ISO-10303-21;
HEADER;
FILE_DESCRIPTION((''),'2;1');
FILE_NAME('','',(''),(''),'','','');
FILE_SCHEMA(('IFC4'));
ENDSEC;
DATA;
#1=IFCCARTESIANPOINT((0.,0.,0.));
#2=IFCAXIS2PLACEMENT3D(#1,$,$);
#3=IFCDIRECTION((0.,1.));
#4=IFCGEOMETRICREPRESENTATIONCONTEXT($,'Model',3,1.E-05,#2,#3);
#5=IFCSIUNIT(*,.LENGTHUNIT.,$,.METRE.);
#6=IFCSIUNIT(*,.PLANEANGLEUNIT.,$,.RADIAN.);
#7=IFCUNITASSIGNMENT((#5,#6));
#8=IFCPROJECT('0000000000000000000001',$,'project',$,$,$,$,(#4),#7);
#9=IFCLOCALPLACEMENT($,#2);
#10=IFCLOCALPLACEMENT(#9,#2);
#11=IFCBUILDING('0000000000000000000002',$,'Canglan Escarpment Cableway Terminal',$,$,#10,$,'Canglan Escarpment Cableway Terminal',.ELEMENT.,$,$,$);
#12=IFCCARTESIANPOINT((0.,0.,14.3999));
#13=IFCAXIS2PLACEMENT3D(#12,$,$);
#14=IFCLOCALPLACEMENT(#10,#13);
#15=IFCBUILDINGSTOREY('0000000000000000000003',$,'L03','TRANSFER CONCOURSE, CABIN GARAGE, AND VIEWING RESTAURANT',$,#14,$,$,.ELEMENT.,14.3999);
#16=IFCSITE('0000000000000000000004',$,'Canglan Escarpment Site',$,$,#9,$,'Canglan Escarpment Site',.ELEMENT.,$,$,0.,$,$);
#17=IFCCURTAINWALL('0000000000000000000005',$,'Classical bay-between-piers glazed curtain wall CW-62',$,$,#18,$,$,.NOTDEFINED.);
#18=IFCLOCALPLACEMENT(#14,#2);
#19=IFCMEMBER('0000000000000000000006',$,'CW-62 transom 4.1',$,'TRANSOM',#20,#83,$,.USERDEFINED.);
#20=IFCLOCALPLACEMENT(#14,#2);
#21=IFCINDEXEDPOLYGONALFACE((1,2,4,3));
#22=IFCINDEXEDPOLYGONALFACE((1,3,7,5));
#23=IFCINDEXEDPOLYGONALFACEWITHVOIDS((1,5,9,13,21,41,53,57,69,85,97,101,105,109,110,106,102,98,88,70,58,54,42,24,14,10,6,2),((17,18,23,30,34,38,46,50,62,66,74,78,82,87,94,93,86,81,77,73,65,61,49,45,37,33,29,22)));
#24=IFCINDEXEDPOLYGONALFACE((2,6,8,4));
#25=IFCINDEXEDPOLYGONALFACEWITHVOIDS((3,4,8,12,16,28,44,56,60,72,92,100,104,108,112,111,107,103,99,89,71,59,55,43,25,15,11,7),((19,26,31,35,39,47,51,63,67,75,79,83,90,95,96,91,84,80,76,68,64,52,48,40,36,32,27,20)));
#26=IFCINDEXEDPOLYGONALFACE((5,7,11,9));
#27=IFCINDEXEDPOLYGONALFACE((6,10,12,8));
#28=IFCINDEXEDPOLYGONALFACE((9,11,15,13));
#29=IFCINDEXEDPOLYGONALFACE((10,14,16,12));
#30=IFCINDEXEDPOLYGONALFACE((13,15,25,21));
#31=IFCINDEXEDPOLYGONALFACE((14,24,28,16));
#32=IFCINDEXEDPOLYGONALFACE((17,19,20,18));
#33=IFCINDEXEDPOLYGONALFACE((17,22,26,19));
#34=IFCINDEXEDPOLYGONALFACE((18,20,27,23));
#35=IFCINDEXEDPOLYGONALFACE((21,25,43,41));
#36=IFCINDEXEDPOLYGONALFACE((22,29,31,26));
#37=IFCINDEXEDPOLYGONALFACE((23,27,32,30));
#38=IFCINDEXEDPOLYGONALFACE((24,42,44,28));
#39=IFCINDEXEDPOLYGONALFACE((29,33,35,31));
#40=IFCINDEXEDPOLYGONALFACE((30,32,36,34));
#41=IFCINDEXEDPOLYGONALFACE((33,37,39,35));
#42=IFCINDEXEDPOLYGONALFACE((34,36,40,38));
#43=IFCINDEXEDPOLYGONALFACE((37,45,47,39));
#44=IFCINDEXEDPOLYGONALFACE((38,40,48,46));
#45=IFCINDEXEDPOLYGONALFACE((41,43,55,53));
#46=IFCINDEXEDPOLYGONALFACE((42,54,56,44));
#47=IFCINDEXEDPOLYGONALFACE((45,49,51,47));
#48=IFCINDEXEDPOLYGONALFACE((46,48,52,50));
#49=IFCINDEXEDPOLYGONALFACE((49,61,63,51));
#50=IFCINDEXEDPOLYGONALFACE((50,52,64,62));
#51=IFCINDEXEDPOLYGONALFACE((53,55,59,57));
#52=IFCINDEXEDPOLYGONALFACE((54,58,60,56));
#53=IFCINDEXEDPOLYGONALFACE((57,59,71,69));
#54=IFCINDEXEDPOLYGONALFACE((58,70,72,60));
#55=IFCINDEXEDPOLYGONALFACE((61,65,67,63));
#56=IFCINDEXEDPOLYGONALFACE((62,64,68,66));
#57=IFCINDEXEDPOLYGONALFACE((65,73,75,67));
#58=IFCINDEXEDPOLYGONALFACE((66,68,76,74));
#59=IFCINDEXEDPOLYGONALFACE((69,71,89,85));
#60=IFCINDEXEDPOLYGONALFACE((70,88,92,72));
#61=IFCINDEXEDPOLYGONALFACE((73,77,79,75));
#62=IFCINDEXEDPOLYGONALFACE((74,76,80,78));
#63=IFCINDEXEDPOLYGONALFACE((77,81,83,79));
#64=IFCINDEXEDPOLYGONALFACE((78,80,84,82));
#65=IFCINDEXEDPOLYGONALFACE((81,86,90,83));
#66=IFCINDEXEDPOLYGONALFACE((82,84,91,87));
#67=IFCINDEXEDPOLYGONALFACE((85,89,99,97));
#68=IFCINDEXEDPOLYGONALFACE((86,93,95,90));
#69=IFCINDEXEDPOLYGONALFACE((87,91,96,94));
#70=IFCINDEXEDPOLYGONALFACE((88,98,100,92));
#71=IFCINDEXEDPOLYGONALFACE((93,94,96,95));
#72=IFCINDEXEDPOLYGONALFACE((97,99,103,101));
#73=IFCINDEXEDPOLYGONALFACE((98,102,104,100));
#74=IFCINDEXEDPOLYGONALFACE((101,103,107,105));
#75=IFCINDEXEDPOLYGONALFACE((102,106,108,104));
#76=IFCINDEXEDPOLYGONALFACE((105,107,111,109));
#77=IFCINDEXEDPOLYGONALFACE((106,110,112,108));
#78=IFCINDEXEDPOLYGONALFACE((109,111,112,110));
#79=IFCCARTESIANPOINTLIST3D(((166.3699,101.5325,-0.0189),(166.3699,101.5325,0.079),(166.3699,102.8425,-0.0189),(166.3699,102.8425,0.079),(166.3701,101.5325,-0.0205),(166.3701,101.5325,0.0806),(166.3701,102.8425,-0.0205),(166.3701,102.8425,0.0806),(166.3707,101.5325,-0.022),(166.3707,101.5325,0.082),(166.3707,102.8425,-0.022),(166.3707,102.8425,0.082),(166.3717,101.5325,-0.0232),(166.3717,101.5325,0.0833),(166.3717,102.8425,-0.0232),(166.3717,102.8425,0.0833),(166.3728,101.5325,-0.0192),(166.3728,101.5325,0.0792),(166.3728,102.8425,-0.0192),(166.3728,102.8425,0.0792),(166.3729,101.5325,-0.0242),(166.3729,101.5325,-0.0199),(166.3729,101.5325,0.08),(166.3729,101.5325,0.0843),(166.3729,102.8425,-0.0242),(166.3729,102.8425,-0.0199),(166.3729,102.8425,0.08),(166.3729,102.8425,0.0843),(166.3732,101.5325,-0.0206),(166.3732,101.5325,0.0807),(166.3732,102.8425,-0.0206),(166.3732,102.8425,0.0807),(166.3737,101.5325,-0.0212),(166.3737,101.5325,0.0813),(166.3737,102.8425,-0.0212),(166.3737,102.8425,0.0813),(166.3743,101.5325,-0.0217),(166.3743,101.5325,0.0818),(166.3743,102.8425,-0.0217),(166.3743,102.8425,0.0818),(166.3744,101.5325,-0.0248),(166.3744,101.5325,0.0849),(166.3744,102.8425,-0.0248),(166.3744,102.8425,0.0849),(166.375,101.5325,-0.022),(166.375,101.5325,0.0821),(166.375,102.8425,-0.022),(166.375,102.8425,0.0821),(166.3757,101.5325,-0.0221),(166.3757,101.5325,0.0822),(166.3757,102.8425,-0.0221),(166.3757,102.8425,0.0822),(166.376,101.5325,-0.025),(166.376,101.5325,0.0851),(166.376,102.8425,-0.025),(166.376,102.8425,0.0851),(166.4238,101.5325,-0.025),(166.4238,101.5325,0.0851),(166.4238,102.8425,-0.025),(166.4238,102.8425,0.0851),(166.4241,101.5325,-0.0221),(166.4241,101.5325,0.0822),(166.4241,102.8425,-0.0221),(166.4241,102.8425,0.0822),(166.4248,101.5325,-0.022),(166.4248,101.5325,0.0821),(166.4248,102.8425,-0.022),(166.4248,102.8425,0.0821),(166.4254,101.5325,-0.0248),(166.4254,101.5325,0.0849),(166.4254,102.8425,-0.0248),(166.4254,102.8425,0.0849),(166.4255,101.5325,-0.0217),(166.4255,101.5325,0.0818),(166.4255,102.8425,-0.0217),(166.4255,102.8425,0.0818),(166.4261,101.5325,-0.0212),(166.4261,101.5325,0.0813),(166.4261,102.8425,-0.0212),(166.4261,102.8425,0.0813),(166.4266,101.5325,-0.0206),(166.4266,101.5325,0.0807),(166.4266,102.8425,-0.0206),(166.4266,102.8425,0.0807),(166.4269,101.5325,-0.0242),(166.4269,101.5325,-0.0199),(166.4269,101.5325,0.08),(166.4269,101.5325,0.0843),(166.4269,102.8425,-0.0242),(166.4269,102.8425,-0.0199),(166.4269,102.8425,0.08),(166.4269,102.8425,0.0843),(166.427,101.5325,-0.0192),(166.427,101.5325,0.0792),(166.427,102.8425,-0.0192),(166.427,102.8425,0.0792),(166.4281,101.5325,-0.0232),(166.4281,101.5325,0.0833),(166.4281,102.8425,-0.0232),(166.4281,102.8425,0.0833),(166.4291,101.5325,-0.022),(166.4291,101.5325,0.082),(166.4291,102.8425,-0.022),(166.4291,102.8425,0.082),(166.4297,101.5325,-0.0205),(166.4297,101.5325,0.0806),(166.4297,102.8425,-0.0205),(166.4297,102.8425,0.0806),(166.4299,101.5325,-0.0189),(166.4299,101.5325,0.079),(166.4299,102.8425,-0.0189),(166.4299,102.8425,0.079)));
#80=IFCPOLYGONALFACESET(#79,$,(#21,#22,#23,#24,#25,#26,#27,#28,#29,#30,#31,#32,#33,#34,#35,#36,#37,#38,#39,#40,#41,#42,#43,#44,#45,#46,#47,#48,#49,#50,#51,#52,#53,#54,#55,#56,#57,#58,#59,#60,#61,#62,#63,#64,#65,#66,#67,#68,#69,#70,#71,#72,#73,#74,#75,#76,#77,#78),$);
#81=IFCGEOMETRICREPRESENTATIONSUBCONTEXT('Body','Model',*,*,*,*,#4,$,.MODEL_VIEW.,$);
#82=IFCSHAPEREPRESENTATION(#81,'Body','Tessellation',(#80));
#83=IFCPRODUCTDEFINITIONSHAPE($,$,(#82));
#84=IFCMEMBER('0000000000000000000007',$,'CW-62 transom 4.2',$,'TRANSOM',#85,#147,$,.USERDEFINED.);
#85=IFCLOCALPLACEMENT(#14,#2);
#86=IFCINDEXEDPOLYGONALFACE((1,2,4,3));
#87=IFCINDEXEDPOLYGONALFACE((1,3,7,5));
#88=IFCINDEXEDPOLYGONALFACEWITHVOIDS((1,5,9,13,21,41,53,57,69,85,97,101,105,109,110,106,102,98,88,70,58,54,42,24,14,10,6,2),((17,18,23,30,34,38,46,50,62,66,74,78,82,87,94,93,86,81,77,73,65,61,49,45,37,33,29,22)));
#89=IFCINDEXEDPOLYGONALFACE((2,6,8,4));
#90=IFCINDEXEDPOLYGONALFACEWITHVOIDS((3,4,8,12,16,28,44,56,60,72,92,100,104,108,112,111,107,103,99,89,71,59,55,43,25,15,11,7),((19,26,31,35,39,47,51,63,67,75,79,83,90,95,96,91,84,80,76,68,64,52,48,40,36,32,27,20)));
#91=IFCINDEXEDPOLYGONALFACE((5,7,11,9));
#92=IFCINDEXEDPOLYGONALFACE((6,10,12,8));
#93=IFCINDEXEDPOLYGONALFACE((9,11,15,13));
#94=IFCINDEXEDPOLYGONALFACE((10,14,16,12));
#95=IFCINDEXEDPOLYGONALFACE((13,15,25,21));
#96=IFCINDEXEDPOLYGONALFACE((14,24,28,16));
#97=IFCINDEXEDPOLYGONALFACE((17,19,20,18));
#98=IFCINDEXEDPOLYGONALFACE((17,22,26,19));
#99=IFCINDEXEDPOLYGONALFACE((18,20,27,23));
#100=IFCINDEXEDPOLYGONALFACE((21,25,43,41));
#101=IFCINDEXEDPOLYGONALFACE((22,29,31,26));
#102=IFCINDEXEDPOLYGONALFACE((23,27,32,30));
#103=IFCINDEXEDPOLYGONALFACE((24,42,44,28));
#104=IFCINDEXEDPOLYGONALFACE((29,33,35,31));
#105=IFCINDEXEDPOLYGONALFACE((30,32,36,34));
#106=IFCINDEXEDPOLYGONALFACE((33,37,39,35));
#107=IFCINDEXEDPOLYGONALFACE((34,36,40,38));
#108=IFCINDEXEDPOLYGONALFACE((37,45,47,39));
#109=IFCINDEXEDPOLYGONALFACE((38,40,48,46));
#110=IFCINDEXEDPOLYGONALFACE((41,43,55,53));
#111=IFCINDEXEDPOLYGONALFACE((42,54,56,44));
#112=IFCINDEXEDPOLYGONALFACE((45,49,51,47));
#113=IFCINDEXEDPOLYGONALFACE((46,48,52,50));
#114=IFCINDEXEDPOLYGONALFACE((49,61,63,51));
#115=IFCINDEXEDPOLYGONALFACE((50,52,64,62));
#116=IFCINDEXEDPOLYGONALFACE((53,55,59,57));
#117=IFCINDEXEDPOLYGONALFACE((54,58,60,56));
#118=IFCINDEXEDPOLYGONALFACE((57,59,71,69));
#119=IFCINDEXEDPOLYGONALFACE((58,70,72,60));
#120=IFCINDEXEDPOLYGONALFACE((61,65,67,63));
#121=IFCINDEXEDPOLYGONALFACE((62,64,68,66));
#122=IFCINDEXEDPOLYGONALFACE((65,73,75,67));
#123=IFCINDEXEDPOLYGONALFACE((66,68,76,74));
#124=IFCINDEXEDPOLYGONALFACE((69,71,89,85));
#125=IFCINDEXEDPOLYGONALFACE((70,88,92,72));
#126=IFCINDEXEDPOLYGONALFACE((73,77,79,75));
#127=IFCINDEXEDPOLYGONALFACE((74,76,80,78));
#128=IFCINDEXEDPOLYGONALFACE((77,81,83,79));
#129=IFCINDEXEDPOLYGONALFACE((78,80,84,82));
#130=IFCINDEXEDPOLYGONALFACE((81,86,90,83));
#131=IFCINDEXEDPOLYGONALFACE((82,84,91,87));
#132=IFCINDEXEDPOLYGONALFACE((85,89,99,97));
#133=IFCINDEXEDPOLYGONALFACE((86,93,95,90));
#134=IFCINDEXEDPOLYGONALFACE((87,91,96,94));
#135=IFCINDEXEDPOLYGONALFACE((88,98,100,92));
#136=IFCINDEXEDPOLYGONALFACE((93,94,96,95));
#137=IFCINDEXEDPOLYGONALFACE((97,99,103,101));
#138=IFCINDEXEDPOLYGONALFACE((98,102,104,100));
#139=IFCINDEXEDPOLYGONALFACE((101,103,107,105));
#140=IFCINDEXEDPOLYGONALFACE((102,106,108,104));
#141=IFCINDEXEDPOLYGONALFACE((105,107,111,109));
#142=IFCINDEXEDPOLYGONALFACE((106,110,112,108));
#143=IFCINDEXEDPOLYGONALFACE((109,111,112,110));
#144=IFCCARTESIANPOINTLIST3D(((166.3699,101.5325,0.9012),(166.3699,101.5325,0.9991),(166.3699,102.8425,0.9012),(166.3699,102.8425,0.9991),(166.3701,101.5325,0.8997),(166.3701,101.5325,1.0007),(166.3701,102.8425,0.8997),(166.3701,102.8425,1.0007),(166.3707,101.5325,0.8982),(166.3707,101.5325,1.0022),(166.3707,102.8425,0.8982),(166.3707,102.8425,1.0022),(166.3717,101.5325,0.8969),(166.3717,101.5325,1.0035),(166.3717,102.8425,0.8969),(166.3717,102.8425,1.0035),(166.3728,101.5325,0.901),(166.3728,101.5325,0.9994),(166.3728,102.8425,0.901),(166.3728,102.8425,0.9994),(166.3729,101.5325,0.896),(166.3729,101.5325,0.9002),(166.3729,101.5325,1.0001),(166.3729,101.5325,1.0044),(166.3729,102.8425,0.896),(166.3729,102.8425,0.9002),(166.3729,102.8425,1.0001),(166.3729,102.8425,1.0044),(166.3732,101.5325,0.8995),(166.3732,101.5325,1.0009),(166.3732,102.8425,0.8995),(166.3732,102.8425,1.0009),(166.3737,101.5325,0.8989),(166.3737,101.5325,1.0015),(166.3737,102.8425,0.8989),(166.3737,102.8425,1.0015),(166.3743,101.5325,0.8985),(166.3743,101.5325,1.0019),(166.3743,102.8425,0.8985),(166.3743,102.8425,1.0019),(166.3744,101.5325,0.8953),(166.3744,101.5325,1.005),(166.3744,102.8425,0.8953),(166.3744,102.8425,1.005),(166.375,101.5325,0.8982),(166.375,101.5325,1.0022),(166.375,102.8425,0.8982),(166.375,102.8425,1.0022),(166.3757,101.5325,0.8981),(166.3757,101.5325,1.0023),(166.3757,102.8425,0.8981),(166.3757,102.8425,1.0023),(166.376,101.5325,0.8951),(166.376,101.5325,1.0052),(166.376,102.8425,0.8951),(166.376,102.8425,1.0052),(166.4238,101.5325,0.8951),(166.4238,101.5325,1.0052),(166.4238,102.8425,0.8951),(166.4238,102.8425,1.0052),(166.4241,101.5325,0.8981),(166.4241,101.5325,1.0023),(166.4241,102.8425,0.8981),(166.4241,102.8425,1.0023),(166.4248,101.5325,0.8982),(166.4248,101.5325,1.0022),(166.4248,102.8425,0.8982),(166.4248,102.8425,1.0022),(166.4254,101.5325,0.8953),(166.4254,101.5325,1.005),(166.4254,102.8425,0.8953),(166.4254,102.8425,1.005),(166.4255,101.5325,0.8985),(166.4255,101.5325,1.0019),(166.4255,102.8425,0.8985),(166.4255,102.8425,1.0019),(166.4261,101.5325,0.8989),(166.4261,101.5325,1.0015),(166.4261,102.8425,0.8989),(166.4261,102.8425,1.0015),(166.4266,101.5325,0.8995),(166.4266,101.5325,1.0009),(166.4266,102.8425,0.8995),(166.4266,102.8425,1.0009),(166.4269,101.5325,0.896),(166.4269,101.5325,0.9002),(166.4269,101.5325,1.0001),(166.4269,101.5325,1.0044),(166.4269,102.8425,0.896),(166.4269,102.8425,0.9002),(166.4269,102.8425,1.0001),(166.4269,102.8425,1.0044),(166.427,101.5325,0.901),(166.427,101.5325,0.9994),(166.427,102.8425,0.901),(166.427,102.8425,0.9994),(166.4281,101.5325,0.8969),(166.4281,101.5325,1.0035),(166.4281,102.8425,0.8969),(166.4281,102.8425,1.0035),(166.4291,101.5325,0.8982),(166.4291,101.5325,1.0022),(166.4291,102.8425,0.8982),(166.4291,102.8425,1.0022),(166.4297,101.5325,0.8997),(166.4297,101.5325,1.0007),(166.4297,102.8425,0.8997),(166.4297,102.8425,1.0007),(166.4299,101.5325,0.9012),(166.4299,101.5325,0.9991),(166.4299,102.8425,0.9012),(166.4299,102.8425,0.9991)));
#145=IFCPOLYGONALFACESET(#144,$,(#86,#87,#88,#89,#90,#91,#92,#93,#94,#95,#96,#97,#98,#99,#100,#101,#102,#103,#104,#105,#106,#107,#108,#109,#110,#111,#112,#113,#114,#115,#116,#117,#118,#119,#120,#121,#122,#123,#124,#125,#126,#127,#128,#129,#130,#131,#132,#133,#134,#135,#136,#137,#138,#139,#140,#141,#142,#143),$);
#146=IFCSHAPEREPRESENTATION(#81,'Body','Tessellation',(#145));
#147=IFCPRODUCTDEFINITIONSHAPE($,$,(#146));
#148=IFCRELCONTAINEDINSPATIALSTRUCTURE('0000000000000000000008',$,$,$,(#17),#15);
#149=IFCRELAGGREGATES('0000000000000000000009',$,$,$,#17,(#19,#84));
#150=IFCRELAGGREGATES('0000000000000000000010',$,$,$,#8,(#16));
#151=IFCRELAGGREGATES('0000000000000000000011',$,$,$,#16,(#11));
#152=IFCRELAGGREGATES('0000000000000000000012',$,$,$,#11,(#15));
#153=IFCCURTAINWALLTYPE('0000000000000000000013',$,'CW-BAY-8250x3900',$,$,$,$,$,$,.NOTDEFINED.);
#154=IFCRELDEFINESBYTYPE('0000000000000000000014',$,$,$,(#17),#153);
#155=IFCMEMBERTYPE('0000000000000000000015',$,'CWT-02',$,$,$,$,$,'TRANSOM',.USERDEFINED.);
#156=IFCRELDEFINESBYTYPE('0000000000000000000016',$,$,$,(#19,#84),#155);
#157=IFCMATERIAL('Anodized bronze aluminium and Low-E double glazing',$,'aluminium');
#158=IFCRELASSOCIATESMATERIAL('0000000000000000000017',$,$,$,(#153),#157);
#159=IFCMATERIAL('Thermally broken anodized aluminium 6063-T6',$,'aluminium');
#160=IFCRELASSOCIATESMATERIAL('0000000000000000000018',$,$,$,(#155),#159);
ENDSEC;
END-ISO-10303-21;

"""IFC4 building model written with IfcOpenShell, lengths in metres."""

from ifc_helpers import new_model, si_unit, direction, frame, origin, origin_2d, place, context, subcontext, project, spatial, hollow_rectangle, extrude, material, material_profile, profile_set, type_object, element, aggregate, save


model = new_model("IFC4")

# Units and contexts
model_context = context("Model", 3, precision=1e-05, world=origin(), true_north=direction((0.0, 1.0)))
body_context = subcontext(model_context, "Body", "Model", "MODEL_VIEW")
ifc_project = project(units=[si_unit("LENGTHUNIT", "METRE"), si_unit("PLANEANGLEUNIT", "RADIAN")], contexts=[model_context])

# Site, building, storey
site_placement = place(None, origin())
site = spatial("IfcSite", under=ifc_project, at=site_placement, Name="Canglan Escarpment Site", LongName="Canglan Escarpment Site", CompositionType="ELEMENT", RefElevation=0.0)
building_placement = place(site_placement, origin())
building = spatial("IfcBuilding", under=site, at=building_placement, Name="Canglan Escarpment Cableway Terminal", LongName="Canglan Escarpment Cableway Terminal", CompositionType="ELEMENT")
storey_placement = place(building_placement, frame((0.0, 0.0, 14.3999)))
storey = spatial("IfcBuildingStorey", under=building, at=storey_placement, Name="L03", Description="TRANSFER CONCOURSE, CABIN GARAGE, AND VIEWING RESTAURANT", CompositionType="ELEMENT", Elevation=14.3999)

# Curtain wall, members
ifc_material_1 = material(Name="Anodized bronze aluminium and Low-E double glazing", Category="aluminium")
curtain_wall_type = type_object("IfcCurtainWallType", Name="CW-BAY-8250x3900", PredefinedType="NOTDEFINED", material=ifc_material_1)
curtain_wall_placement = place(storey_placement, origin())
curtain_wall = element("IfcCurtainWall", 1, at=curtain_wall_placement, inside=storey, type_object=curtain_wall_type, Name="Classical bay-between-piers glazed curtain wall CW-62", PredefinedType="NOTDEFINED")
ifc_material_2 = material(Name="Thermally broken anodized aluminium 6063-T6", Category="aluminium")
ifc_material_profile_1 = material_profile(ifc_material_2, hollow_rectangle(XDim=0.0601, YDim=0.1101, WallThickness=0.0029, InnerFilletRadius=0.0029, OuterFilletRadius=0.0061, at=origin_2d()), Name="ALU-TRAN 60x110x3")
ifc_profile_set_1 = profile_set([ifc_material_profile_1], Name="Thermally broken anodized aluminium 6063-T6")
member_type_1 = type_object("IfcMemberType", Name="CWT-02", ElementType="TRANSOM", PredefinedType="USERDEFINED", material=ifc_profile_set_1)
member_1_placement = place(storey_placement, frame((166.3999, 101.5325, 0.03), z_axis=(0.0, 1.0, 0.0), x_axis=(-1.0, 0.0, 0.0)))
member_1 = element("IfcMember", 2, at=member_1_placement, type_object=member_type_1, Name="CW-62 transom 4.1", ObjectType="TRANSOM", PredefinedType="USERDEFINED", context=body_context, shape_type="SweptSolid", body=[
    extrude(hollow_rectangle(XDim=0.0601, YDim=0.1101, WallThickness=0.0029, InnerFilletRadius=0.0029, OuterFilletRadius=0.0061, at=origin_2d()), origin(), (0.0, 0.0, 1.0), 1.3101),
])
member_2_placement = place(storey_placement, frame((166.3999, 101.5325, 0.9502), z_axis=(0.0, 1.0, 0.0), x_axis=(-1.0, 0.0, 0.0)))
member_2 = element("IfcMember", 3, at=member_2_placement, type_object=member_type_1, Name="CW-62 transom 4.2", ObjectType="TRANSOM", PredefinedType="USERDEFINED", context=body_context, shape_type="SweptSolid", body=[
    extrude(hollow_rectangle(XDim=0.0601, YDim=0.1101, WallThickness=0.0029, InnerFilletRadius=0.0029, OuterFilletRadius=0.0061, at=origin_2d()), origin(), (0.0, 0.0, 1.0), 1.3101),
])
aggregate(curtain_wall, [member_1, member_2])

save(model, "model.ifc")
